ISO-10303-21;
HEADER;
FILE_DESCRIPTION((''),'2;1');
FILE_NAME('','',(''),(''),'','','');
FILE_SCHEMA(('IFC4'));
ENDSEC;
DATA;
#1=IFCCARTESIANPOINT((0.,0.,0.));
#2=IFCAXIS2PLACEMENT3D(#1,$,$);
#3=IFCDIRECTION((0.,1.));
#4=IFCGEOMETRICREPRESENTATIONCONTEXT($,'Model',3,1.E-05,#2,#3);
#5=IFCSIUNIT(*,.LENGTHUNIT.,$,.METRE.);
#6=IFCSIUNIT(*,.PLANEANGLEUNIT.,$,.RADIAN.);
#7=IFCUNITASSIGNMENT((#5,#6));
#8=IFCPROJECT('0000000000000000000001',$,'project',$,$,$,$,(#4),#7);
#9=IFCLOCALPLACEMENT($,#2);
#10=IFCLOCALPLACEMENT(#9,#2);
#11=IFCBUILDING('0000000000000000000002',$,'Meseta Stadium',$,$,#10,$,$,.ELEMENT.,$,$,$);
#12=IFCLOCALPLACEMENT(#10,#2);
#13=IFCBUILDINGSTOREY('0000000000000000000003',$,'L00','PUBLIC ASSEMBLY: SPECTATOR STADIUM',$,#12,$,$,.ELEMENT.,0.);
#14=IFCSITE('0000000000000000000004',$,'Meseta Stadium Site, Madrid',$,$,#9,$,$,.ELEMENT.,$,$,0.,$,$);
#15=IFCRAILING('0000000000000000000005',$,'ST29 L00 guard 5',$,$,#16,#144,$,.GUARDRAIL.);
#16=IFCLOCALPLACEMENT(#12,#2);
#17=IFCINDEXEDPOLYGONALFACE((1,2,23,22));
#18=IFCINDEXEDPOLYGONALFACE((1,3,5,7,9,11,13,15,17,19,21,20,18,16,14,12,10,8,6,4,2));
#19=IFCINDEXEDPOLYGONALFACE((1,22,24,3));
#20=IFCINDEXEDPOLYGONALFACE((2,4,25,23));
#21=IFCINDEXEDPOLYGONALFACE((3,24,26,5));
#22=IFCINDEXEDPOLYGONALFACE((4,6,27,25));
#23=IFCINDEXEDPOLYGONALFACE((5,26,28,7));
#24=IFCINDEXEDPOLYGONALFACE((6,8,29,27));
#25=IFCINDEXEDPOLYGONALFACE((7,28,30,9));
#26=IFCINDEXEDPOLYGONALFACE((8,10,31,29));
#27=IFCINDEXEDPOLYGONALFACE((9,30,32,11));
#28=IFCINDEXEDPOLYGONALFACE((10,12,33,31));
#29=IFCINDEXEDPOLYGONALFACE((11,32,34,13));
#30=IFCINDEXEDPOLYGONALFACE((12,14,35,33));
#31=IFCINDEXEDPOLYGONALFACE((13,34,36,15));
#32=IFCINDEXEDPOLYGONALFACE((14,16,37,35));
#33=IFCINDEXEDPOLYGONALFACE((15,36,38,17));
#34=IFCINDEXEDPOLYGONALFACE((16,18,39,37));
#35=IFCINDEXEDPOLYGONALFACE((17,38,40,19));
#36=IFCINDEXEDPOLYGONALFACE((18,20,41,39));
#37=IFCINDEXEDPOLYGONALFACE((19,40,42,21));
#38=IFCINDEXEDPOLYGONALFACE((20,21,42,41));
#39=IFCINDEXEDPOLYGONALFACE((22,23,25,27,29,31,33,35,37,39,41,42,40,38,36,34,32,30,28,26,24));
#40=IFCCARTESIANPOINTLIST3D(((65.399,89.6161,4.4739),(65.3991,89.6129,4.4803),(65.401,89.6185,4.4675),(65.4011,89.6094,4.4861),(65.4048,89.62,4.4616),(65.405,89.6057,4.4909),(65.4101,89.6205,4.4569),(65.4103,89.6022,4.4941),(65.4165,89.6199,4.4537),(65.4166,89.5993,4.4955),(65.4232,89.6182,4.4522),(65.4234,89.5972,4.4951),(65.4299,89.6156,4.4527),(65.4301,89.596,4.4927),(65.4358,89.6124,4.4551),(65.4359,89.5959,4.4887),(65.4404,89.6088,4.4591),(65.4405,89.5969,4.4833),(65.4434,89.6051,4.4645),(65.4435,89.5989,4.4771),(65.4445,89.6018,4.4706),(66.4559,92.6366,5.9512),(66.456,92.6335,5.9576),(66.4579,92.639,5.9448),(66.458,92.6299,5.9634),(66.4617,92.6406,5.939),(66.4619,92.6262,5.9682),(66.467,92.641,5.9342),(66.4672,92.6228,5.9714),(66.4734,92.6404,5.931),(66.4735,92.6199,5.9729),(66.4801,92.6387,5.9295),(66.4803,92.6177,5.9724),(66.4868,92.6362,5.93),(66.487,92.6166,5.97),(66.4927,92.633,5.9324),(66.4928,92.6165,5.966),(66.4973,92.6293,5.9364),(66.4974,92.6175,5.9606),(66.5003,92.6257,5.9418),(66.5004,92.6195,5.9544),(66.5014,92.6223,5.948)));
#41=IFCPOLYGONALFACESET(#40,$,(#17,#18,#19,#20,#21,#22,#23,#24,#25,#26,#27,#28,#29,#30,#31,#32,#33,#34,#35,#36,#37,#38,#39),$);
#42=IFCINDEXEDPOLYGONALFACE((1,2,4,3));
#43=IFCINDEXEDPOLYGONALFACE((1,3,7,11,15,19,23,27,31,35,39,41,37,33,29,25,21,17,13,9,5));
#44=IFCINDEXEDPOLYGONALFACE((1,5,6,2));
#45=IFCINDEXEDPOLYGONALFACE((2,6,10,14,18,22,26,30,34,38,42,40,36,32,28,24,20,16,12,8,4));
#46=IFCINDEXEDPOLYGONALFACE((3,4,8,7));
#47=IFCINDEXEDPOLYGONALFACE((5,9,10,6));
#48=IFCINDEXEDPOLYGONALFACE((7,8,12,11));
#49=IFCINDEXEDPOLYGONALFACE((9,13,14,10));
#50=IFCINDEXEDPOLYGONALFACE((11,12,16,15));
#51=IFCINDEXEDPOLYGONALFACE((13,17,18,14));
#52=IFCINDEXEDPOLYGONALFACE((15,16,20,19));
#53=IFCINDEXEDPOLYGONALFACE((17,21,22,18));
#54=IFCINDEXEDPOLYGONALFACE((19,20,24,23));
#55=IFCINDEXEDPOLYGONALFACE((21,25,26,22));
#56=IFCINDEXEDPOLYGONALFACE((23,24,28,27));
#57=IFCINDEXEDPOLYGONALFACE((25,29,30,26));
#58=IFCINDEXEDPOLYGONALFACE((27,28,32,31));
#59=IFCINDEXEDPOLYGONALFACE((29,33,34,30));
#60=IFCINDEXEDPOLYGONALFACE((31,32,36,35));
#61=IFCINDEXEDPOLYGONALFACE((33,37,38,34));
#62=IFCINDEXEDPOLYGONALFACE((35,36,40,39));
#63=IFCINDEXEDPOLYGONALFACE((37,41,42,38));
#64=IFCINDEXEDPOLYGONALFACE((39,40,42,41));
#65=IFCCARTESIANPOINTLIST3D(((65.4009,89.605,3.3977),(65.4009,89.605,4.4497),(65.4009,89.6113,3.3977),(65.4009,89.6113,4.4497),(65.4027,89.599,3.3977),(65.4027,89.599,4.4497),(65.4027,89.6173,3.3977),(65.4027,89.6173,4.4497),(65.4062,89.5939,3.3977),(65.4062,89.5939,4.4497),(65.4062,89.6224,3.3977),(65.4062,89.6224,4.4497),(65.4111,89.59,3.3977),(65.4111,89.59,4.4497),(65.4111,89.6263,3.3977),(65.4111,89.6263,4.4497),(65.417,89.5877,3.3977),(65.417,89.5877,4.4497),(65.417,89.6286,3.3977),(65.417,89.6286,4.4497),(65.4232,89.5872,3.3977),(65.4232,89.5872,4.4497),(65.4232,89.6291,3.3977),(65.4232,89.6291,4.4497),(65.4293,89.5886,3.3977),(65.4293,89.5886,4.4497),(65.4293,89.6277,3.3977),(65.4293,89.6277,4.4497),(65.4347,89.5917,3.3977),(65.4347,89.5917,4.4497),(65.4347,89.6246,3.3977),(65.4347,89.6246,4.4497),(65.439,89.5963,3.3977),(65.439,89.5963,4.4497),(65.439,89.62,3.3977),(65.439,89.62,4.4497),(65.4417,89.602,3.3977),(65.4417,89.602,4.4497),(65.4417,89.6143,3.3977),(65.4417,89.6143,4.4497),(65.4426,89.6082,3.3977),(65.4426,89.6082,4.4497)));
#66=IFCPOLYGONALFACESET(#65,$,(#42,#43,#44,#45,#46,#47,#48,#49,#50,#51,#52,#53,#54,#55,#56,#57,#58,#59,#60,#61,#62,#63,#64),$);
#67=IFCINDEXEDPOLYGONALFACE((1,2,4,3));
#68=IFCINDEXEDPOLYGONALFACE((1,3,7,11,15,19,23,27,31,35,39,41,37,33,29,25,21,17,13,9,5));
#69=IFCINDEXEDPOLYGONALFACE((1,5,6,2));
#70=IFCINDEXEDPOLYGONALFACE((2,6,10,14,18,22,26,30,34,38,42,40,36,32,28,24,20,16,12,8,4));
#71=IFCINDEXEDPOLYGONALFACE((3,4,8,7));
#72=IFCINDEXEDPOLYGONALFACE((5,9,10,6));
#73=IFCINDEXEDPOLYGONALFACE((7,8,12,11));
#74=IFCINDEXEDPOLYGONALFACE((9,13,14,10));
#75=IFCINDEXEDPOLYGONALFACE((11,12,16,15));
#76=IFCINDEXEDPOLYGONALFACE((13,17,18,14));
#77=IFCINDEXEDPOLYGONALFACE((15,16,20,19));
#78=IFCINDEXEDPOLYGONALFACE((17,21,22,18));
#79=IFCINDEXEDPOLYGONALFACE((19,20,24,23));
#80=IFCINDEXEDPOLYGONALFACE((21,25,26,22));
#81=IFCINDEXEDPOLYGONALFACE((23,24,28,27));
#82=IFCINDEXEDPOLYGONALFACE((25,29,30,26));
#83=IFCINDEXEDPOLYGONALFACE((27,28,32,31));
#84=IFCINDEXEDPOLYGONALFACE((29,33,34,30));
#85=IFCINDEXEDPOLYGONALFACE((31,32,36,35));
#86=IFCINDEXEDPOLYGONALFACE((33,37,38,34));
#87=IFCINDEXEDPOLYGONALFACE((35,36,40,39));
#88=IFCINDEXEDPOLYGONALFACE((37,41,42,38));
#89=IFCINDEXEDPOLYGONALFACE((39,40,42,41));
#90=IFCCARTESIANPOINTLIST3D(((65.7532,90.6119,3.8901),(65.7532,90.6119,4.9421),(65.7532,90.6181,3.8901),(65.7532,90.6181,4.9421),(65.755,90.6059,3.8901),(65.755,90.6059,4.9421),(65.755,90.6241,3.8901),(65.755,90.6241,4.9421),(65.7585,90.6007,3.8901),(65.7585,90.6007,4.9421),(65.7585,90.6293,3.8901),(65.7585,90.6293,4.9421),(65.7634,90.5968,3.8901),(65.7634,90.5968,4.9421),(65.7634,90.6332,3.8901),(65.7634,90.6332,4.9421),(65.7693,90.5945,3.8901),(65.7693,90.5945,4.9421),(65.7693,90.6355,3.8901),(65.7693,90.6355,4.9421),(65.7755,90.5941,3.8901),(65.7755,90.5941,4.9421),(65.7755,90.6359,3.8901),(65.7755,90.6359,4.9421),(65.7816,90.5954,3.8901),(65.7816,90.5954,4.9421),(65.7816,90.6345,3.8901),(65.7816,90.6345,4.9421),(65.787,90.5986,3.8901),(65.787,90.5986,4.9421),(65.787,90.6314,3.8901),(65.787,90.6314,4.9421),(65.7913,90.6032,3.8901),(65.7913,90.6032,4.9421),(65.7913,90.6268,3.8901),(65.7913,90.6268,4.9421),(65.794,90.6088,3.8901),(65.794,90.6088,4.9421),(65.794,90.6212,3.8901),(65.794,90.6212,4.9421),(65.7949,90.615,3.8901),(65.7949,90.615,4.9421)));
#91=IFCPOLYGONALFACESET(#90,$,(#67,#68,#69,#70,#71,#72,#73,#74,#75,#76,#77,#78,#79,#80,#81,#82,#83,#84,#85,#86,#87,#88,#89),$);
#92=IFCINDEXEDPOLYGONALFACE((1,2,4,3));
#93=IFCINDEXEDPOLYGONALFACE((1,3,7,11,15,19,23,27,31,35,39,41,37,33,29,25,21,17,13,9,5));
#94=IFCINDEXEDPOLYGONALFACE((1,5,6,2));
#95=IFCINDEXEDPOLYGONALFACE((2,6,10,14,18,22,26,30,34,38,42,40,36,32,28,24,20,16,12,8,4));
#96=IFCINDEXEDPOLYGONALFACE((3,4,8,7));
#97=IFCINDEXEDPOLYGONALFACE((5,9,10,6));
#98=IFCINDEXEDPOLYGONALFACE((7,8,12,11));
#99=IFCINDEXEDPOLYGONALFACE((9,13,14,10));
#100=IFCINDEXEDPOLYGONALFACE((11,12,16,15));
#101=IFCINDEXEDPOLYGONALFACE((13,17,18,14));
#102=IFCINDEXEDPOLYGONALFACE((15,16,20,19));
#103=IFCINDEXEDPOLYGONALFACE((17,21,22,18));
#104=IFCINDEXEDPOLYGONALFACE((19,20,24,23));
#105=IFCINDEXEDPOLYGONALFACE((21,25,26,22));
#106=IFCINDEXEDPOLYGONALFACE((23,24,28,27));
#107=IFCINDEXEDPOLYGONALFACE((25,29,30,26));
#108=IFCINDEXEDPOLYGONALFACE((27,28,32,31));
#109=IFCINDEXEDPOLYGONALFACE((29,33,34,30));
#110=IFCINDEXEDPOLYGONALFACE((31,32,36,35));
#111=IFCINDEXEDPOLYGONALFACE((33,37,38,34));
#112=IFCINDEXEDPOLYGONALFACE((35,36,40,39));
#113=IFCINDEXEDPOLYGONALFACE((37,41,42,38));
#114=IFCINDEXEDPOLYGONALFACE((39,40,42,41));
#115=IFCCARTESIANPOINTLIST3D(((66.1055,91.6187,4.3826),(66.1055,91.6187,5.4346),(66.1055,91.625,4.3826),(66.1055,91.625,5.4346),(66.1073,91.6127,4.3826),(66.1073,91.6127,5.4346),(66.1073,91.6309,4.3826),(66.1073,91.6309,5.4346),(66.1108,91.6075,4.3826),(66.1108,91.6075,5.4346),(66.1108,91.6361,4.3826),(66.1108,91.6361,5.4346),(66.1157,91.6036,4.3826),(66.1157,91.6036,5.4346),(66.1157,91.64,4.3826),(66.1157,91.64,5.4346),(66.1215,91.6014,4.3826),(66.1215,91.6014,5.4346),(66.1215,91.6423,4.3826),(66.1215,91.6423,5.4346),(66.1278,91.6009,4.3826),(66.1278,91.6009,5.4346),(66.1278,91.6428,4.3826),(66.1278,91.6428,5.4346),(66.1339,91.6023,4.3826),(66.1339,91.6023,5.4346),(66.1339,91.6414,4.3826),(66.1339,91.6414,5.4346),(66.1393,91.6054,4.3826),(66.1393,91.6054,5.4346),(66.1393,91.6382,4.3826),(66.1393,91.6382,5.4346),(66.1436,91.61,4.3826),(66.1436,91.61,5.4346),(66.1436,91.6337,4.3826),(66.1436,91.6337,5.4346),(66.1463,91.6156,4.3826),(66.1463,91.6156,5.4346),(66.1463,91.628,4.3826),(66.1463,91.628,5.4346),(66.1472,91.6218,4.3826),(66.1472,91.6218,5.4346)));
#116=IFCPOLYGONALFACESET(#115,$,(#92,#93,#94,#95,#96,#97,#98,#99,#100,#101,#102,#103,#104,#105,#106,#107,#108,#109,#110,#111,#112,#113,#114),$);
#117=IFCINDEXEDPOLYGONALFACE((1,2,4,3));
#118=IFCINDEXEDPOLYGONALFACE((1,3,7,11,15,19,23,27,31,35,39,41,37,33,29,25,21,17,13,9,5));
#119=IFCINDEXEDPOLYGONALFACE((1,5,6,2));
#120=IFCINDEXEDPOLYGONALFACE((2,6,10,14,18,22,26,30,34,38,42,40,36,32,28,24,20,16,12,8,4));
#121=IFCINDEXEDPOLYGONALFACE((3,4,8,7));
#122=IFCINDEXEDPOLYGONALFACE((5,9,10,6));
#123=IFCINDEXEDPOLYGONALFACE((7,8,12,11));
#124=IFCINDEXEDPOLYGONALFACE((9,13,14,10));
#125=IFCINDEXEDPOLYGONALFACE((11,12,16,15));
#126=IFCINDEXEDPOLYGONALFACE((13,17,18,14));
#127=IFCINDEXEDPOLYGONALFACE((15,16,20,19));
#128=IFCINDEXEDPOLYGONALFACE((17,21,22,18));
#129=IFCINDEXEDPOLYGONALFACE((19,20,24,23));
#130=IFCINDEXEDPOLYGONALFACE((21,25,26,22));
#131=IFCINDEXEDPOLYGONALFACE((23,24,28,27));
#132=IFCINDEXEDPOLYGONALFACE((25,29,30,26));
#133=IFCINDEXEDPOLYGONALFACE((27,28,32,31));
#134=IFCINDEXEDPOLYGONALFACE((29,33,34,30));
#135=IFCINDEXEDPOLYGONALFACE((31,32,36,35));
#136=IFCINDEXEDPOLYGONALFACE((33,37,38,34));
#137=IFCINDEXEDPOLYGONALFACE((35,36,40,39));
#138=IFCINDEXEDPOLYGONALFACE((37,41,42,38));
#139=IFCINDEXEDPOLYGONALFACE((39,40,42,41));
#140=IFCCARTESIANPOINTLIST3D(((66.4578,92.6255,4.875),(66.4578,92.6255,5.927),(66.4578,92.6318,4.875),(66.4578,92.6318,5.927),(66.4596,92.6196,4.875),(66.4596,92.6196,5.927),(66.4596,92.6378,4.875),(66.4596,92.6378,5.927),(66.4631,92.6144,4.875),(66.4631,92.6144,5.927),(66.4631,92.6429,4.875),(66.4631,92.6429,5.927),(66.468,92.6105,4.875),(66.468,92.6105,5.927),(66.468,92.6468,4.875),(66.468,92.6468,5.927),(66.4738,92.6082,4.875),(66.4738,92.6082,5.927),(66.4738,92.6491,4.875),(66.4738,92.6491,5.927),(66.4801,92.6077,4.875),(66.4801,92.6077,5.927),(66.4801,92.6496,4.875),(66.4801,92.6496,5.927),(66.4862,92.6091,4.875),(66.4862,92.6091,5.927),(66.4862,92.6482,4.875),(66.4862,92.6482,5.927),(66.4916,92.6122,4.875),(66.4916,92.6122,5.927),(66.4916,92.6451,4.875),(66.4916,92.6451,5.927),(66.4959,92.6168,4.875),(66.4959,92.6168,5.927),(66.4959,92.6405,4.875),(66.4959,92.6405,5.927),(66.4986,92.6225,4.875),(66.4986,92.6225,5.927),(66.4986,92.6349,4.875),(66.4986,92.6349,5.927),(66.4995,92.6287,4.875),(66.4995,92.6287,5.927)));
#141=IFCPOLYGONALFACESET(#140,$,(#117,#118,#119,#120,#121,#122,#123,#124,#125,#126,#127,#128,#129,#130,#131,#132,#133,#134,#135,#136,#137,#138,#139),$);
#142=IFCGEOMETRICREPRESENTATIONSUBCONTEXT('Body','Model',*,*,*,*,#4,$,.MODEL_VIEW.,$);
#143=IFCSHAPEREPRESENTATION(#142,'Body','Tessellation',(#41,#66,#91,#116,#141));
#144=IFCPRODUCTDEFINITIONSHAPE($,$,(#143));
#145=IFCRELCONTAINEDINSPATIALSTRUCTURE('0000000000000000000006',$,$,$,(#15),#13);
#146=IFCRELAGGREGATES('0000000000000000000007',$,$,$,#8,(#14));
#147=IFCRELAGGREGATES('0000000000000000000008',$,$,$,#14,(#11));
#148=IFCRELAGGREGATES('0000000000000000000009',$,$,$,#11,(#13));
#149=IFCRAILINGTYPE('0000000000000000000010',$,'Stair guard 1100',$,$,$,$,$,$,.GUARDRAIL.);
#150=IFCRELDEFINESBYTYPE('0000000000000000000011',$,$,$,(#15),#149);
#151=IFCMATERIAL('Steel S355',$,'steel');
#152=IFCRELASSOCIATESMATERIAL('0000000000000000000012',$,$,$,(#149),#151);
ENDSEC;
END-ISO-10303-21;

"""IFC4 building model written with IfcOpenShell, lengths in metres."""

from ifc_helpers import new_model, si_unit, direction, frame, origin, origin_2d, place, context, subcontext, project, spatial, circle, extrude, material, type_object, element, save


model = new_model("IFC4")

# Units and contexts
model_context = context("Model", 3, precision=1e-05, world=origin(), true_north=direction((0.0, 1.0)))
body_context = subcontext(model_context, "Body", "Model", "MODEL_VIEW")
ifc_project = project(units=[si_unit("LENGTHUNIT", "METRE"), si_unit("PLANEANGLEUNIT", "RADIAN")], contexts=[model_context])

# Site, building, storey
site_placement = place(None, origin())
site = spatial("IfcSite", under=ifc_project, at=site_placement, Name="Meseta Stadium Site, Madrid", CompositionType="ELEMENT", RefElevation=0.0)
building_placement = place(site_placement, origin())
building = spatial("IfcBuilding", under=site, at=building_placement, Name="Meseta Stadium", CompositionType="ELEMENT")
storey_placement = place(building_placement, origin())
storey = spatial("IfcBuildingStorey", under=building, at=storey_placement, Name="L00", Description="PUBLIC ASSEMBLY: SPECTATOR STADIUM", CompositionType="ELEMENT", Elevation=0.0)

# Railing
ifc_material_1 = material(Name="Steel S355", Category="steel")
railing_type_1 = type_object("IfcRailingType", Name="Stair guard 1100", PredefinedType="GUARDRAIL", material=ifc_material_1)
railing_1_placement = place(storey_placement, frame((65.4216, 89.6082, 3.3977)))
element("IfcRailing", 1, at=railing_1_placement, inside=storey, type_object=railing_type_1, Name="ST29 L00 guard 5", PredefinedType="GUARDRAIL", context=body_context, shape_type="SweptSolid", body=[
    extrude(circle(Radius=0.0239, at=origin_2d()), frame((0.0, 0.0, 1.0762), z_axis=(0.299859, 0.856977, 0.419137), x_axis=(-0.943887, 0.330269, 0.0)), (0.0, 0.0, 1.0), 3.5247),
    extrude(circle(Radius=0.021, at=origin_2d()), origin(), (0.0, 0.0, 1.0), 1.052),
    extrude(circle(Radius=0.021, at=origin_2d()), frame((0.3523, 1.0068, 0.4924)), (0.0, 0.0, 1.0), 1.052),
    extrude(circle(Radius=0.021, at=origin_2d()), frame((0.7046, 2.0137, 0.9849)), (0.0, 0.0, 1.0), 1.052),
    extrude(circle(Radius=0.021, at=origin_2d()), frame((1.0569, 3.0205, 1.4773)), (0.0, 0.0, 1.0), 1.052),
])

save(model, "model.ifc")
